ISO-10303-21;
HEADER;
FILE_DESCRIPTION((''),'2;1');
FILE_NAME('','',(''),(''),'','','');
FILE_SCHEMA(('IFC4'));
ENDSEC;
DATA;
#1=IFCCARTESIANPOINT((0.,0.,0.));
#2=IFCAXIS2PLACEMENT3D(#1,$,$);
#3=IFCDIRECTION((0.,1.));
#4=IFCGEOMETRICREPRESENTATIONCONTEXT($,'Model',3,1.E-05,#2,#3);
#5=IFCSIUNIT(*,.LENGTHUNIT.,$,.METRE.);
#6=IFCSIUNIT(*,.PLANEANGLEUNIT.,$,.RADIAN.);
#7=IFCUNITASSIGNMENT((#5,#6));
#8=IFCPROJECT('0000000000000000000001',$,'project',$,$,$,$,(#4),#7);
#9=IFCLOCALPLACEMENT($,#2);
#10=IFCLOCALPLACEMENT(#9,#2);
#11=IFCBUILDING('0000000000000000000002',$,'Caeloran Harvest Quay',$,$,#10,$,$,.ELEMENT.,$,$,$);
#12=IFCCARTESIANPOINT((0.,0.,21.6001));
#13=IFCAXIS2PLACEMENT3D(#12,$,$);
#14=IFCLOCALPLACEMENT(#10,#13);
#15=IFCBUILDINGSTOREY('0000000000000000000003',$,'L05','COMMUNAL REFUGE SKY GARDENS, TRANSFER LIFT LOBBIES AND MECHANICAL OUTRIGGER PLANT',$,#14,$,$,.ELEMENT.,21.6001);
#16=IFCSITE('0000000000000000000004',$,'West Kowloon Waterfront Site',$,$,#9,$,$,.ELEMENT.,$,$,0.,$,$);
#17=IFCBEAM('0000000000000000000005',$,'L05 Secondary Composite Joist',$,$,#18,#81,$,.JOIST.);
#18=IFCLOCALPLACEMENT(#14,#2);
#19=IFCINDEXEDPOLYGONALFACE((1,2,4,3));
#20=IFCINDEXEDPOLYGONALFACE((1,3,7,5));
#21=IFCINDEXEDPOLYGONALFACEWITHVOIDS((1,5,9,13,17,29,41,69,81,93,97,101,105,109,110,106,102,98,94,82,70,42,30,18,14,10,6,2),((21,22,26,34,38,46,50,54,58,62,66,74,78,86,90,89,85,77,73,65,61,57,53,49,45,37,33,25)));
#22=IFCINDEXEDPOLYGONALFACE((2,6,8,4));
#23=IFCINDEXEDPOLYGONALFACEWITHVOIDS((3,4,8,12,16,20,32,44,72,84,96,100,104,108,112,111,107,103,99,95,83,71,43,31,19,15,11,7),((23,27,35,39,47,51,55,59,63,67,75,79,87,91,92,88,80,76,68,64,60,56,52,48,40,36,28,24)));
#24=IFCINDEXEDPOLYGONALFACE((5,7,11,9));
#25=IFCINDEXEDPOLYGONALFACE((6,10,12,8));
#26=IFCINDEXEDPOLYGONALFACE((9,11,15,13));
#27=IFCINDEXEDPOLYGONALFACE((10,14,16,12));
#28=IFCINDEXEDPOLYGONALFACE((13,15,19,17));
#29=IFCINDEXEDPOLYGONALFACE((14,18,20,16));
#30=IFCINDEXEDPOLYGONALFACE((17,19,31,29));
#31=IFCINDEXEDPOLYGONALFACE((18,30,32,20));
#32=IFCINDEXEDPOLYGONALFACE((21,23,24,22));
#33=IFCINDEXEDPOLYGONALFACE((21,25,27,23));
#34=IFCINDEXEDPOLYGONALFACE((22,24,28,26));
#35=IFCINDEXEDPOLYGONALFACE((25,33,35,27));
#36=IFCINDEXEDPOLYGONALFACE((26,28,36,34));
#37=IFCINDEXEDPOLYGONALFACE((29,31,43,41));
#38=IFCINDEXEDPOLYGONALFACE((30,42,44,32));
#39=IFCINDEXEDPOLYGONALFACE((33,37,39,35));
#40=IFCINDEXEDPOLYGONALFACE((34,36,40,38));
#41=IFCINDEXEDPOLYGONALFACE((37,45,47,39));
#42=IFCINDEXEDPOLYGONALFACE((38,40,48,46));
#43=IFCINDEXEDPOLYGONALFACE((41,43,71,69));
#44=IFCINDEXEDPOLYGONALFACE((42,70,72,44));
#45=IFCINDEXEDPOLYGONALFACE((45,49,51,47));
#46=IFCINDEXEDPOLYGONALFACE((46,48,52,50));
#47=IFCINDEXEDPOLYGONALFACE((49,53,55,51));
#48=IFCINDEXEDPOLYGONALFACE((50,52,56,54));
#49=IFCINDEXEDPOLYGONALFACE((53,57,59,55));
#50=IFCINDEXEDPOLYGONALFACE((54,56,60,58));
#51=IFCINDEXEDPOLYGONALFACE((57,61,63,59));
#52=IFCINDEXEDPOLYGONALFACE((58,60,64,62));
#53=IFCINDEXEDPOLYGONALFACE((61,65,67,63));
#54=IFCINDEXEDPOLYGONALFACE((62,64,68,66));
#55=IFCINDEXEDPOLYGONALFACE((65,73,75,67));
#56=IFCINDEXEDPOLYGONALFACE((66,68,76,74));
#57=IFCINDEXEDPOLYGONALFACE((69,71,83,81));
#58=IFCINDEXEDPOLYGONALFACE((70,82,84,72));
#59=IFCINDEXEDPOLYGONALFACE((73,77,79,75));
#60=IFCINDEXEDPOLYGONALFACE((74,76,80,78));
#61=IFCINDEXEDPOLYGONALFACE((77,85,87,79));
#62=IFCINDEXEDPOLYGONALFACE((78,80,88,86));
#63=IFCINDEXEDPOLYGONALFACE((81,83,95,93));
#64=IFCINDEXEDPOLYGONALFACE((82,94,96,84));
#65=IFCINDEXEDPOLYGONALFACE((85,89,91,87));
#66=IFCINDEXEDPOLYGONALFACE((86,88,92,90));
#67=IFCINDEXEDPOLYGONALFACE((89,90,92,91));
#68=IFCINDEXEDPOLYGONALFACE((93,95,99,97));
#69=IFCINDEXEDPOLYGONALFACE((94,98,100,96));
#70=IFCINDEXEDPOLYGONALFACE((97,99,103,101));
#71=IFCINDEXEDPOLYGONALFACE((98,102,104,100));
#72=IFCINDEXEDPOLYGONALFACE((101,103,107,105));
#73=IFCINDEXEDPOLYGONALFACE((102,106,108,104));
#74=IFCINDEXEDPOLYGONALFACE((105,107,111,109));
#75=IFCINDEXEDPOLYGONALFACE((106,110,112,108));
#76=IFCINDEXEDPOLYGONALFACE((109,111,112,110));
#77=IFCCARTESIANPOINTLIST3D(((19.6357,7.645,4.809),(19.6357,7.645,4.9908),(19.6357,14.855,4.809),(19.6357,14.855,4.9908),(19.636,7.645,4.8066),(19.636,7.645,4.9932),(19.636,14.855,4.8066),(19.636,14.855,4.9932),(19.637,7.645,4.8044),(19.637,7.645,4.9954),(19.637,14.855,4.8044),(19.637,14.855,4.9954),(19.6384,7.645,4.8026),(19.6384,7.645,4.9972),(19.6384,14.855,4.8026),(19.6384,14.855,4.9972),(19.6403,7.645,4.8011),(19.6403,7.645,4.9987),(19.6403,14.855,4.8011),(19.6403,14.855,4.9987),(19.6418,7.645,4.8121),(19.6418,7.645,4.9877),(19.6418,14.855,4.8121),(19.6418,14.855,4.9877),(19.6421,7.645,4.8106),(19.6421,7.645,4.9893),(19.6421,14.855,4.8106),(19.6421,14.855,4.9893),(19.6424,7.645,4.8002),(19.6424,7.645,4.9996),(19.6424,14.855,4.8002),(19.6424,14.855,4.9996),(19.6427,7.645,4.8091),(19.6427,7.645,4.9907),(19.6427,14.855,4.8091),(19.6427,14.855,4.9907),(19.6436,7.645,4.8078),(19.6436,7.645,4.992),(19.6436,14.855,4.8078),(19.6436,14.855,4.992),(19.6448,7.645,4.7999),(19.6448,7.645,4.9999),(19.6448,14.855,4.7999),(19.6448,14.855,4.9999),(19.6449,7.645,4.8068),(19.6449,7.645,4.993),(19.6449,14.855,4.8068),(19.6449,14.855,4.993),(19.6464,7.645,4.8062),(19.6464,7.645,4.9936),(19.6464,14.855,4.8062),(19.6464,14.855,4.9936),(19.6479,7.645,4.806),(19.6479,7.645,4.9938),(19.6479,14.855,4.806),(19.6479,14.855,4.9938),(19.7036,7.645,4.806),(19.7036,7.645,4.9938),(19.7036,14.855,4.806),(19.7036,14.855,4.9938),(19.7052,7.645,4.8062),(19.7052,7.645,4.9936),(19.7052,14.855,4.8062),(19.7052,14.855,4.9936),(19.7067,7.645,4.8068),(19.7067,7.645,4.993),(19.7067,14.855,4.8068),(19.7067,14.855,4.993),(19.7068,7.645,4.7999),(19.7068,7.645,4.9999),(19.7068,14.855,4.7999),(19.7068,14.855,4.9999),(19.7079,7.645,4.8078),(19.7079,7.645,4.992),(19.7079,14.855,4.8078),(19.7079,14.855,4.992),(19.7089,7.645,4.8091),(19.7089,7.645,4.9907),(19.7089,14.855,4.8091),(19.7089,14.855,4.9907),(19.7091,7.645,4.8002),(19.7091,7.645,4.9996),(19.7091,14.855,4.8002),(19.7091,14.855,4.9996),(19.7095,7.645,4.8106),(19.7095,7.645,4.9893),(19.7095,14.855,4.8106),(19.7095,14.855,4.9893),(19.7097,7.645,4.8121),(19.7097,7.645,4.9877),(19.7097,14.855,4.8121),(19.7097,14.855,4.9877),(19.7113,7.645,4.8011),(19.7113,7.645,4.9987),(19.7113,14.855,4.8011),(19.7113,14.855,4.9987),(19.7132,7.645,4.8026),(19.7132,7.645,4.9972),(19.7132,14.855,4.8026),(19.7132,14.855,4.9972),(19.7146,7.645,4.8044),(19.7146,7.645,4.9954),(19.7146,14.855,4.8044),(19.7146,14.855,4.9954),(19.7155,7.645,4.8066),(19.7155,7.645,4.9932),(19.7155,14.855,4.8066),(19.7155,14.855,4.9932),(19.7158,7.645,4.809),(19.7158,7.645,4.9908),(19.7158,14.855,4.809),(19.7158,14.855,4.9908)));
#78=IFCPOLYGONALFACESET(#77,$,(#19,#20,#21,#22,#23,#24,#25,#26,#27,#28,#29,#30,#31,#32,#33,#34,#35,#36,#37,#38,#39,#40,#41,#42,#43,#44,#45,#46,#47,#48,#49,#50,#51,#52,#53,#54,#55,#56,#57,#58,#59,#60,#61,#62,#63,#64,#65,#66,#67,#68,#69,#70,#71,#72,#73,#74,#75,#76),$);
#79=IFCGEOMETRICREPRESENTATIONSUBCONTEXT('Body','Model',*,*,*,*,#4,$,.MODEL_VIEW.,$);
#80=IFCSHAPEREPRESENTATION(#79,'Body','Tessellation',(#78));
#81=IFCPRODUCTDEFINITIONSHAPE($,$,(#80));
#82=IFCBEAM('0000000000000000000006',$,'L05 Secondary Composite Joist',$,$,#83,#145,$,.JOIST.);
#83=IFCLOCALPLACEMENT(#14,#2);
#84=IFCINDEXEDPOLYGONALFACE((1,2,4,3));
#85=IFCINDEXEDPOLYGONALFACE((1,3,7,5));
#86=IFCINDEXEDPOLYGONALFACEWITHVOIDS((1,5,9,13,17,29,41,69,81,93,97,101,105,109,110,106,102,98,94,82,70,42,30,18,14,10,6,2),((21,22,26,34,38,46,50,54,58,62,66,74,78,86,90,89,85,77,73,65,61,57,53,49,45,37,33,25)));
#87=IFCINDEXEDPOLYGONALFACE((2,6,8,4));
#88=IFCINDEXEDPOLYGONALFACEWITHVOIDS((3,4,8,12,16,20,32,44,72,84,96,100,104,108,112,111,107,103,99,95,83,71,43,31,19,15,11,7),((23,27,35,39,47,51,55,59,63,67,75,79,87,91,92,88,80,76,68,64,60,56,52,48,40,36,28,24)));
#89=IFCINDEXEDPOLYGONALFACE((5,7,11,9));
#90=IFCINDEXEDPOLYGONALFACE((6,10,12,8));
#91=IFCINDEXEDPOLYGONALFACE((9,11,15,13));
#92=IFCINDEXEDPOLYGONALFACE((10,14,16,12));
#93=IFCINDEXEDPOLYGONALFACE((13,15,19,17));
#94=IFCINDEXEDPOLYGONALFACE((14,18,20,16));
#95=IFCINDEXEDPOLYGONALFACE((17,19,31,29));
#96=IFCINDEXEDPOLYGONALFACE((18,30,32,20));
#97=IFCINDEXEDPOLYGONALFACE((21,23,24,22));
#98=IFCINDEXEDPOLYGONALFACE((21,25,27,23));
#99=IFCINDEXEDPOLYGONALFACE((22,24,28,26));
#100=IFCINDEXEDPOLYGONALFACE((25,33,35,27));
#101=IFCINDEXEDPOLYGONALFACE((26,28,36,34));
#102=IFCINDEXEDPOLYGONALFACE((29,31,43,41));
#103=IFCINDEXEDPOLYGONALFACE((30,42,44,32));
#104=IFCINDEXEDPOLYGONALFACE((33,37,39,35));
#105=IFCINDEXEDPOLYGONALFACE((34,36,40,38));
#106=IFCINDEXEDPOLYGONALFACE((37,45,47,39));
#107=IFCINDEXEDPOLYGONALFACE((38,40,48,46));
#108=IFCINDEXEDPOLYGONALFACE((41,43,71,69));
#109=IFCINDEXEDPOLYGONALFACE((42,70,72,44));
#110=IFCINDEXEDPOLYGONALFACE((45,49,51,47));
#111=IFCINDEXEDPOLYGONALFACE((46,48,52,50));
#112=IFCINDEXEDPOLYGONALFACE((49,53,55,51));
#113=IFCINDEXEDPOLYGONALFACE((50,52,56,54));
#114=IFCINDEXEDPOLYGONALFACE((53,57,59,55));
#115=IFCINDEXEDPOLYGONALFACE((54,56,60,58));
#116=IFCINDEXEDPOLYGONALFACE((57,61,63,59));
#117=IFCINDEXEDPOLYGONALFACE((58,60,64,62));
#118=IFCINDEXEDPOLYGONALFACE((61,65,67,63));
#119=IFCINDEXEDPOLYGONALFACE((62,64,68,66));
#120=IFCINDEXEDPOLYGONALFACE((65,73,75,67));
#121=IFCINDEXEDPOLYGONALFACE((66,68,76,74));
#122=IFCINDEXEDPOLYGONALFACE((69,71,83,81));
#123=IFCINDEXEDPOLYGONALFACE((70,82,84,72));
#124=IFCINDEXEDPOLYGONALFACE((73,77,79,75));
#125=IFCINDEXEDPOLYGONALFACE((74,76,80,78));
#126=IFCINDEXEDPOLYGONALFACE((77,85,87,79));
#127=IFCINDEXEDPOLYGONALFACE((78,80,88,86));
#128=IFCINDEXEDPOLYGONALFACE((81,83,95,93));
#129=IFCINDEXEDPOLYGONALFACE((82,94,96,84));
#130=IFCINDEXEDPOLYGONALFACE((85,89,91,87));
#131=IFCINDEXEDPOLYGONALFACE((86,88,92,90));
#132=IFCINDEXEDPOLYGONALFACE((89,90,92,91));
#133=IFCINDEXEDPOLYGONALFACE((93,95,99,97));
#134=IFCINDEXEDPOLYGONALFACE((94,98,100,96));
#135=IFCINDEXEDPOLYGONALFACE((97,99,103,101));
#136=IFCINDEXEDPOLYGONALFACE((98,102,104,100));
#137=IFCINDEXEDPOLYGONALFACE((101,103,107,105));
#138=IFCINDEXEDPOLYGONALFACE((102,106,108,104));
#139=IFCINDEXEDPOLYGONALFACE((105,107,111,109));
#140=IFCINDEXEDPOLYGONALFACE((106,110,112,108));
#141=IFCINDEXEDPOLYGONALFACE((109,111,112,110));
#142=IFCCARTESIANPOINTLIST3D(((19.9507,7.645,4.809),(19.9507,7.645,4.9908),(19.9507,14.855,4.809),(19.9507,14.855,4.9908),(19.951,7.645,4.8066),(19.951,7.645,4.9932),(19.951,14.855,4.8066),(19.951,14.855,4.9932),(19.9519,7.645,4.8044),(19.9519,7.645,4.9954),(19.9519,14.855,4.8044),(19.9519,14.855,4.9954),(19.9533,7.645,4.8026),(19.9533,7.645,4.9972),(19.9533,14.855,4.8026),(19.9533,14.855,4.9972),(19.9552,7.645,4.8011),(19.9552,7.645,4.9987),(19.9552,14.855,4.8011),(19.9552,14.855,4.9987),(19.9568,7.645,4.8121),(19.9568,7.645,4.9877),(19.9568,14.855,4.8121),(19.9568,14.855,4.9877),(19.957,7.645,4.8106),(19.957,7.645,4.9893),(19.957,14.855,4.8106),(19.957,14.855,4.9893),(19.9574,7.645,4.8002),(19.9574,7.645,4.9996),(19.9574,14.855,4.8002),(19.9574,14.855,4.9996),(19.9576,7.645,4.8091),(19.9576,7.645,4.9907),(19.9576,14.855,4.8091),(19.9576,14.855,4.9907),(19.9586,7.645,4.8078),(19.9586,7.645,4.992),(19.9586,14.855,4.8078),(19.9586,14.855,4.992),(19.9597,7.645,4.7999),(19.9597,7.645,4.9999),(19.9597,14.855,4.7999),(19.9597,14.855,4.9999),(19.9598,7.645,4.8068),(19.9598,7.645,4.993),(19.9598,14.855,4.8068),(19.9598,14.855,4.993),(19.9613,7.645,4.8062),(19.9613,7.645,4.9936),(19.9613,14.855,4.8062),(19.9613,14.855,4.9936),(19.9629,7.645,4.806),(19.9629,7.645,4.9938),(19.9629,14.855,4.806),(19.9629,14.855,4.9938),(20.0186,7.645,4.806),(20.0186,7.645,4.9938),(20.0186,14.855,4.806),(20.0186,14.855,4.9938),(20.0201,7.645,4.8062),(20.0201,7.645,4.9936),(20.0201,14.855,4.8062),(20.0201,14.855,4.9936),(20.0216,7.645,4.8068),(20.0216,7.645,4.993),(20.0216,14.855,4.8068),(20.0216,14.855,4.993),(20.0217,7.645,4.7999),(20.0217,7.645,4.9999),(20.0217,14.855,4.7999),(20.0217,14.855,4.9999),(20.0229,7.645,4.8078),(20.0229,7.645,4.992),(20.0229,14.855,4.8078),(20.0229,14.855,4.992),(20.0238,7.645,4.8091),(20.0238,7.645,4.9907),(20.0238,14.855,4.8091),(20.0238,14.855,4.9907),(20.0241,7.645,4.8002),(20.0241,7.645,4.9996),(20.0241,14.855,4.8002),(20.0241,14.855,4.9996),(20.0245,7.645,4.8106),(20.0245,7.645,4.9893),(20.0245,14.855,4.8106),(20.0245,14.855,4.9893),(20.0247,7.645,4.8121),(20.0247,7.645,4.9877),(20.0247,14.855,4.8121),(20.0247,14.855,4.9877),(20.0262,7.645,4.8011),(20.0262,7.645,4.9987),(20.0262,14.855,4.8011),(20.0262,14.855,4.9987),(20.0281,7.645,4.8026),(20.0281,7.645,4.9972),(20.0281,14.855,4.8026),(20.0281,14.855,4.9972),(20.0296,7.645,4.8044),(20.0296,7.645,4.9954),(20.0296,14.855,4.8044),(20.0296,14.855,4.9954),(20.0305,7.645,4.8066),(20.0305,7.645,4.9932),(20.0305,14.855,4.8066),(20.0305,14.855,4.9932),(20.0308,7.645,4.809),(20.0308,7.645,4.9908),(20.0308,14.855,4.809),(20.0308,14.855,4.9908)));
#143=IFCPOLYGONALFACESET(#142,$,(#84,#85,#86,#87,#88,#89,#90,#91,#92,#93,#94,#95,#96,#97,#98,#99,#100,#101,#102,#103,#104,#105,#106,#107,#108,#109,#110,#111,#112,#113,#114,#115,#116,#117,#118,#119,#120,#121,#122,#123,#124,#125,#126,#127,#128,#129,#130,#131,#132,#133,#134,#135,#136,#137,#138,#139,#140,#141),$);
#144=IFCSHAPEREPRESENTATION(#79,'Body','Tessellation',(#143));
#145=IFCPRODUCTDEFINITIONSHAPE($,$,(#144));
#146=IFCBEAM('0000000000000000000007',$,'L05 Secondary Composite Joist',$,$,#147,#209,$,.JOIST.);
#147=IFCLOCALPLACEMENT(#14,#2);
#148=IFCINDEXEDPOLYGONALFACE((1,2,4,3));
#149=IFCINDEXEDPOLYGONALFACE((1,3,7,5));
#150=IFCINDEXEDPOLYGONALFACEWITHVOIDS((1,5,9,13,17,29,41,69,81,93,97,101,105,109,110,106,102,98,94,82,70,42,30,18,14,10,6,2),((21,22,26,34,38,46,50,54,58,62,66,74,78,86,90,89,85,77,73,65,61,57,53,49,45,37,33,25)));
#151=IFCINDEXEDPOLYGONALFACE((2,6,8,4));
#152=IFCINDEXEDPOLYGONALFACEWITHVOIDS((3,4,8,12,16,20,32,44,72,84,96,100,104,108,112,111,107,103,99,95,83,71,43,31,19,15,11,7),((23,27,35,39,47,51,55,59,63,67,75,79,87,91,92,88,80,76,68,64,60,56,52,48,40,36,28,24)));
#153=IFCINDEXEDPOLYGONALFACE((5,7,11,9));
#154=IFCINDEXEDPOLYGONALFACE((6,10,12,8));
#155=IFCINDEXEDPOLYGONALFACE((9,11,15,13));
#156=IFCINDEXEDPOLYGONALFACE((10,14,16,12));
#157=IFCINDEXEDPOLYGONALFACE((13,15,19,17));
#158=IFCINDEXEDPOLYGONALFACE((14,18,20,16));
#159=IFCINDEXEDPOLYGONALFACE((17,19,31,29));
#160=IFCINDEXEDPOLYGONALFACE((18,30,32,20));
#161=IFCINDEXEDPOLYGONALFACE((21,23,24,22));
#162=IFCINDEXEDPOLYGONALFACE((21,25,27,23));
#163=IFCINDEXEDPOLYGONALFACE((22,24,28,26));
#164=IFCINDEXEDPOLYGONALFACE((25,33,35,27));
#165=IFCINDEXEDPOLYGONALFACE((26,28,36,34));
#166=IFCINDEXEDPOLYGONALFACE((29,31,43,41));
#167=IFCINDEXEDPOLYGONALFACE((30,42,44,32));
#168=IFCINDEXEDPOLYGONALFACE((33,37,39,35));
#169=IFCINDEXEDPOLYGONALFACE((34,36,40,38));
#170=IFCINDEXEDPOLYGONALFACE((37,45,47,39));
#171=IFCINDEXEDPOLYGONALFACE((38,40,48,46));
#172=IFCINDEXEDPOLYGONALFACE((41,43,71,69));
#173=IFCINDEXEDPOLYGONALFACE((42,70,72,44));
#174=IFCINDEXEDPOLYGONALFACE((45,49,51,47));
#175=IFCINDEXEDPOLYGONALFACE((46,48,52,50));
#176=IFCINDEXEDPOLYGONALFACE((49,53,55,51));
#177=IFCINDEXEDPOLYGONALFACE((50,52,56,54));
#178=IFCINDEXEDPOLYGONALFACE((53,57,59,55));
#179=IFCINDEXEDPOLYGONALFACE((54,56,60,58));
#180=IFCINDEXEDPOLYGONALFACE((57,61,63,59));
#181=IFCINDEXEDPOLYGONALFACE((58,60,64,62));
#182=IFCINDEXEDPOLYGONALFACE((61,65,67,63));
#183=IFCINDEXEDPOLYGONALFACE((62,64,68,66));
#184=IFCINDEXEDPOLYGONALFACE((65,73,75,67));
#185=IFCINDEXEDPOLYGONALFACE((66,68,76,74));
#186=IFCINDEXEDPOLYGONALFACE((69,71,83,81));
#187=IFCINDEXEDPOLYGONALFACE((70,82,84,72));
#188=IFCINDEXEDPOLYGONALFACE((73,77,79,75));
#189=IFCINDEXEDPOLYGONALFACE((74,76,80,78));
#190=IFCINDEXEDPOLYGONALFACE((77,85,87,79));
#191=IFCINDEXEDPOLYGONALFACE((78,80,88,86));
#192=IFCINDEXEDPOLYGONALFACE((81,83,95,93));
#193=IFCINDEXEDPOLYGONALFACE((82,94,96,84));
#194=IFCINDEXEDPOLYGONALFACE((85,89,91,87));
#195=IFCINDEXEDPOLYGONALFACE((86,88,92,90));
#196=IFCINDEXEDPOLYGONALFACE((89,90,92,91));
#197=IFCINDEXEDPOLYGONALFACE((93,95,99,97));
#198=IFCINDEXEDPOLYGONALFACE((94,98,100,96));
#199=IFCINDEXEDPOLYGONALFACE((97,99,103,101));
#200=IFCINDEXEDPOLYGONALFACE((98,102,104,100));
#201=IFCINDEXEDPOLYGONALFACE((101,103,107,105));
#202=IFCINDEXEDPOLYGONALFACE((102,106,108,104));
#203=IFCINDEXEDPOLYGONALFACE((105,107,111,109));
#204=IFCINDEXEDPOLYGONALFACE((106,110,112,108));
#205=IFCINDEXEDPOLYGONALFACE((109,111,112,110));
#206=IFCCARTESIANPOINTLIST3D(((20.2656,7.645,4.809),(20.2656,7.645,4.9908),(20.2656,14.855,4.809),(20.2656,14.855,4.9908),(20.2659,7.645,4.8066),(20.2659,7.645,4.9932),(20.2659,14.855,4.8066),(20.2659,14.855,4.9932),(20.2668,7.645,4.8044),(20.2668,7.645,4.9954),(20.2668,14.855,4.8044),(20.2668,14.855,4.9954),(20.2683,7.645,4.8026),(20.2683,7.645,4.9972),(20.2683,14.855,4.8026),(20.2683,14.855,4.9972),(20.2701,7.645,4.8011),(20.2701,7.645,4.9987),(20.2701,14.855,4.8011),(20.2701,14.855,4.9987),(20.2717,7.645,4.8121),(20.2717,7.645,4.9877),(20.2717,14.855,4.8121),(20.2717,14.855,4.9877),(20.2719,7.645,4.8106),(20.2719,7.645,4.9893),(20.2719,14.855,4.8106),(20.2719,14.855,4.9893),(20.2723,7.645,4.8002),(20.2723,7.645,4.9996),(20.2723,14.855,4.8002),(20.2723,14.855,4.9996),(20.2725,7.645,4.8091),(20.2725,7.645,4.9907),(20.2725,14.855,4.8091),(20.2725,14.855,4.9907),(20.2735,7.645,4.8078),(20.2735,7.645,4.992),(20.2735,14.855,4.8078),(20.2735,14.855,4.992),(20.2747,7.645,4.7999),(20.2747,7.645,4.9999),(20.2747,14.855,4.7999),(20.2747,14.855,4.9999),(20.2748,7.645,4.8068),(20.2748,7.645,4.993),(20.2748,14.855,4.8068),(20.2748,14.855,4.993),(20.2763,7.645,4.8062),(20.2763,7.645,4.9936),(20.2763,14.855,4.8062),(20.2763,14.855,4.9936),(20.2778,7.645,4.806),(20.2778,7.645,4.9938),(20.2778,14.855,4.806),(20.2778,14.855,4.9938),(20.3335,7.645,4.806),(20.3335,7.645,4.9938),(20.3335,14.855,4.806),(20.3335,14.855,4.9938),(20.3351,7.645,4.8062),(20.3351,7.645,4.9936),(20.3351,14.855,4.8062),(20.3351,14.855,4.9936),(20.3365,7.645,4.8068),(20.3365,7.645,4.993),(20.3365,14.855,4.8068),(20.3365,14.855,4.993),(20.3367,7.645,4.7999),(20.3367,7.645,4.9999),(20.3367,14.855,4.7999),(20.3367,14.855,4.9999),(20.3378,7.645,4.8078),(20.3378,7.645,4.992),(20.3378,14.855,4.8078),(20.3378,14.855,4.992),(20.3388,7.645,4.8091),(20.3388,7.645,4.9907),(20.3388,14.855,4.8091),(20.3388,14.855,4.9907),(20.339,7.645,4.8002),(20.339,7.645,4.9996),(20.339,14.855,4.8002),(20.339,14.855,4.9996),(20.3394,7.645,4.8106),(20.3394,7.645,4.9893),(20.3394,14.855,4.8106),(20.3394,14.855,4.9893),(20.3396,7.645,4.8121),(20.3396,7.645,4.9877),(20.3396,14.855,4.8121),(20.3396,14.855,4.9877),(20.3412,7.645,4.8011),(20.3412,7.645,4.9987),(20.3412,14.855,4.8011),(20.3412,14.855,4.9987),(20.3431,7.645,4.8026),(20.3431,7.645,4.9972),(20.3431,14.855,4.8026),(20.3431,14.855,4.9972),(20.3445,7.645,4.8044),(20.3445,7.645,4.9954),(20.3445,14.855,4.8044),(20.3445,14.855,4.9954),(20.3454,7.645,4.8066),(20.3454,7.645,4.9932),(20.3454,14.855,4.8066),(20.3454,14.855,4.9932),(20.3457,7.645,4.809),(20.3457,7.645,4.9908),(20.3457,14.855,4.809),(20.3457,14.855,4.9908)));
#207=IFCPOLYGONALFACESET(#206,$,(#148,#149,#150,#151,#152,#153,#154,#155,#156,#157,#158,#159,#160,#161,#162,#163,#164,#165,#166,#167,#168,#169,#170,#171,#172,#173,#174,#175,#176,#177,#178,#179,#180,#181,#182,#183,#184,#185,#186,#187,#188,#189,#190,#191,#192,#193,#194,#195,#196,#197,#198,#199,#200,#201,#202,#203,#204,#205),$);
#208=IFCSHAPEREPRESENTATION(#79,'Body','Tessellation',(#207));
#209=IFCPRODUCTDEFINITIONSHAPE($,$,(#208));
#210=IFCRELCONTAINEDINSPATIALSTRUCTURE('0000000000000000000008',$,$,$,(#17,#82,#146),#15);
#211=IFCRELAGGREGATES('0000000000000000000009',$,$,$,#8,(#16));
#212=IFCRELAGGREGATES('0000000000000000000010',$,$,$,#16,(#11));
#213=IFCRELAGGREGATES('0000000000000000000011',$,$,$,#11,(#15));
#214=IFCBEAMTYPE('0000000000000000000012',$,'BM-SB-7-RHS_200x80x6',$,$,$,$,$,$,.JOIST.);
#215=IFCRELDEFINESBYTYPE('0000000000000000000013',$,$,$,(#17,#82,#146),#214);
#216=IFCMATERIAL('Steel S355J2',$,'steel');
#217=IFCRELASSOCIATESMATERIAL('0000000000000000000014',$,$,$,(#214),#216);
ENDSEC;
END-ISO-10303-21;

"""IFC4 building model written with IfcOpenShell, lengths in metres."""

from ifc_helpers import new_model, si_unit, direction, frame, origin, origin_2d, place, context, subcontext, project, spatial, hollow_rectangle, extrude, material, material_profile, profile_set, type_object, element, save


model = new_model("IFC4")

# Units and contexts
model_context = context("Model", 3, precision=1e-05, world=origin(), true_north=direction((0.0, 1.0)))
body_context = subcontext(model_context, "Body", "Model", "MODEL_VIEW")
ifc_project = project(units=[si_unit("LENGTHUNIT", "METRE"), si_unit("PLANEANGLEUNIT", "RADIAN")], contexts=[model_context])

# Site, building, storey
site_placement = place(None, origin())
site = spatial("IfcSite", under=ifc_project, at=site_placement, Name="West Kowloon Waterfront Site", CompositionType="ELEMENT", RefElevation=0.0)
building_placement = place(site_placement, origin())
building = spatial("IfcBuilding", under=site, at=building_placement, Name="Caeloran Harvest Quay", CompositionType="ELEMENT")
storey_placement = place(building_placement, frame((0.0, 0.0, 21.6001)))
storey = spatial("IfcBuildingStorey", under=building, at=storey_placement, Name="L05", Description="COMMUNAL REFUGE SKY GARDENS, TRANSFER LIFT LOBBIES AND MECHANICAL OUTRIGGER PLANT", CompositionType="ELEMENT", Elevation=21.6001)

# Beams
ifc_material_1 = material(Name="Steel S355J2", Category="steel")
ifc_material_profile_1 = material_profile(ifc_material_1, hollow_rectangle(XDim=0.0801, YDim=0.2, WallThickness=0.0061, InnerFilletRadius=0.0061, OuterFilletRadius=0.009, at=origin_2d()), Name="RHS 200x80x6")
ifc_profile_set_1 = profile_set([ifc_material_profile_1], Name="Steel S355J2")
beam_type_1 = type_object("IfcBeamType", Name="BM-SB-7-RHS_200x80x6", PredefinedType="JOIST", material=ifc_profile_set_1)
for number, where, z_axis, x_axis, name in (
    (1, (19.6758, 7.645, 4.8999), (0.0, 1.0, 0.0), (-1.0, 0.0, 0.0), "L05 Secondary Composite Joist"),
    (2, (19.9907, 7.645, 4.8999), (0.0, 1.0, 0.0), (-1.0, 0.0, 0.0), "L05 Secondary Composite Joist"),
    (3, (20.3057, 7.645, 4.8999), (0.0, 1.0, 0.0), (-1.0, 0.0, 0.0), "L05 Secondary Composite Joist"),
):
    element("IfcBeam", number, at=place(storey_placement, frame(where, z_axis=z_axis, x_axis=x_axis)), inside=storey, type_object=beam_type_1, Name=name, PredefinedType="JOIST", context=body_context, shape_type="SweptSolid", body=[
        extrude(hollow_rectangle(XDim=0.0801, YDim=0.2, WallThickness=0.0061, InnerFilletRadius=0.0061, OuterFilletRadius=0.009, at=origin_2d()), origin(), (0.0, 0.0, 1.0), 7.21),
    ])

save(model, "model.ifc")
